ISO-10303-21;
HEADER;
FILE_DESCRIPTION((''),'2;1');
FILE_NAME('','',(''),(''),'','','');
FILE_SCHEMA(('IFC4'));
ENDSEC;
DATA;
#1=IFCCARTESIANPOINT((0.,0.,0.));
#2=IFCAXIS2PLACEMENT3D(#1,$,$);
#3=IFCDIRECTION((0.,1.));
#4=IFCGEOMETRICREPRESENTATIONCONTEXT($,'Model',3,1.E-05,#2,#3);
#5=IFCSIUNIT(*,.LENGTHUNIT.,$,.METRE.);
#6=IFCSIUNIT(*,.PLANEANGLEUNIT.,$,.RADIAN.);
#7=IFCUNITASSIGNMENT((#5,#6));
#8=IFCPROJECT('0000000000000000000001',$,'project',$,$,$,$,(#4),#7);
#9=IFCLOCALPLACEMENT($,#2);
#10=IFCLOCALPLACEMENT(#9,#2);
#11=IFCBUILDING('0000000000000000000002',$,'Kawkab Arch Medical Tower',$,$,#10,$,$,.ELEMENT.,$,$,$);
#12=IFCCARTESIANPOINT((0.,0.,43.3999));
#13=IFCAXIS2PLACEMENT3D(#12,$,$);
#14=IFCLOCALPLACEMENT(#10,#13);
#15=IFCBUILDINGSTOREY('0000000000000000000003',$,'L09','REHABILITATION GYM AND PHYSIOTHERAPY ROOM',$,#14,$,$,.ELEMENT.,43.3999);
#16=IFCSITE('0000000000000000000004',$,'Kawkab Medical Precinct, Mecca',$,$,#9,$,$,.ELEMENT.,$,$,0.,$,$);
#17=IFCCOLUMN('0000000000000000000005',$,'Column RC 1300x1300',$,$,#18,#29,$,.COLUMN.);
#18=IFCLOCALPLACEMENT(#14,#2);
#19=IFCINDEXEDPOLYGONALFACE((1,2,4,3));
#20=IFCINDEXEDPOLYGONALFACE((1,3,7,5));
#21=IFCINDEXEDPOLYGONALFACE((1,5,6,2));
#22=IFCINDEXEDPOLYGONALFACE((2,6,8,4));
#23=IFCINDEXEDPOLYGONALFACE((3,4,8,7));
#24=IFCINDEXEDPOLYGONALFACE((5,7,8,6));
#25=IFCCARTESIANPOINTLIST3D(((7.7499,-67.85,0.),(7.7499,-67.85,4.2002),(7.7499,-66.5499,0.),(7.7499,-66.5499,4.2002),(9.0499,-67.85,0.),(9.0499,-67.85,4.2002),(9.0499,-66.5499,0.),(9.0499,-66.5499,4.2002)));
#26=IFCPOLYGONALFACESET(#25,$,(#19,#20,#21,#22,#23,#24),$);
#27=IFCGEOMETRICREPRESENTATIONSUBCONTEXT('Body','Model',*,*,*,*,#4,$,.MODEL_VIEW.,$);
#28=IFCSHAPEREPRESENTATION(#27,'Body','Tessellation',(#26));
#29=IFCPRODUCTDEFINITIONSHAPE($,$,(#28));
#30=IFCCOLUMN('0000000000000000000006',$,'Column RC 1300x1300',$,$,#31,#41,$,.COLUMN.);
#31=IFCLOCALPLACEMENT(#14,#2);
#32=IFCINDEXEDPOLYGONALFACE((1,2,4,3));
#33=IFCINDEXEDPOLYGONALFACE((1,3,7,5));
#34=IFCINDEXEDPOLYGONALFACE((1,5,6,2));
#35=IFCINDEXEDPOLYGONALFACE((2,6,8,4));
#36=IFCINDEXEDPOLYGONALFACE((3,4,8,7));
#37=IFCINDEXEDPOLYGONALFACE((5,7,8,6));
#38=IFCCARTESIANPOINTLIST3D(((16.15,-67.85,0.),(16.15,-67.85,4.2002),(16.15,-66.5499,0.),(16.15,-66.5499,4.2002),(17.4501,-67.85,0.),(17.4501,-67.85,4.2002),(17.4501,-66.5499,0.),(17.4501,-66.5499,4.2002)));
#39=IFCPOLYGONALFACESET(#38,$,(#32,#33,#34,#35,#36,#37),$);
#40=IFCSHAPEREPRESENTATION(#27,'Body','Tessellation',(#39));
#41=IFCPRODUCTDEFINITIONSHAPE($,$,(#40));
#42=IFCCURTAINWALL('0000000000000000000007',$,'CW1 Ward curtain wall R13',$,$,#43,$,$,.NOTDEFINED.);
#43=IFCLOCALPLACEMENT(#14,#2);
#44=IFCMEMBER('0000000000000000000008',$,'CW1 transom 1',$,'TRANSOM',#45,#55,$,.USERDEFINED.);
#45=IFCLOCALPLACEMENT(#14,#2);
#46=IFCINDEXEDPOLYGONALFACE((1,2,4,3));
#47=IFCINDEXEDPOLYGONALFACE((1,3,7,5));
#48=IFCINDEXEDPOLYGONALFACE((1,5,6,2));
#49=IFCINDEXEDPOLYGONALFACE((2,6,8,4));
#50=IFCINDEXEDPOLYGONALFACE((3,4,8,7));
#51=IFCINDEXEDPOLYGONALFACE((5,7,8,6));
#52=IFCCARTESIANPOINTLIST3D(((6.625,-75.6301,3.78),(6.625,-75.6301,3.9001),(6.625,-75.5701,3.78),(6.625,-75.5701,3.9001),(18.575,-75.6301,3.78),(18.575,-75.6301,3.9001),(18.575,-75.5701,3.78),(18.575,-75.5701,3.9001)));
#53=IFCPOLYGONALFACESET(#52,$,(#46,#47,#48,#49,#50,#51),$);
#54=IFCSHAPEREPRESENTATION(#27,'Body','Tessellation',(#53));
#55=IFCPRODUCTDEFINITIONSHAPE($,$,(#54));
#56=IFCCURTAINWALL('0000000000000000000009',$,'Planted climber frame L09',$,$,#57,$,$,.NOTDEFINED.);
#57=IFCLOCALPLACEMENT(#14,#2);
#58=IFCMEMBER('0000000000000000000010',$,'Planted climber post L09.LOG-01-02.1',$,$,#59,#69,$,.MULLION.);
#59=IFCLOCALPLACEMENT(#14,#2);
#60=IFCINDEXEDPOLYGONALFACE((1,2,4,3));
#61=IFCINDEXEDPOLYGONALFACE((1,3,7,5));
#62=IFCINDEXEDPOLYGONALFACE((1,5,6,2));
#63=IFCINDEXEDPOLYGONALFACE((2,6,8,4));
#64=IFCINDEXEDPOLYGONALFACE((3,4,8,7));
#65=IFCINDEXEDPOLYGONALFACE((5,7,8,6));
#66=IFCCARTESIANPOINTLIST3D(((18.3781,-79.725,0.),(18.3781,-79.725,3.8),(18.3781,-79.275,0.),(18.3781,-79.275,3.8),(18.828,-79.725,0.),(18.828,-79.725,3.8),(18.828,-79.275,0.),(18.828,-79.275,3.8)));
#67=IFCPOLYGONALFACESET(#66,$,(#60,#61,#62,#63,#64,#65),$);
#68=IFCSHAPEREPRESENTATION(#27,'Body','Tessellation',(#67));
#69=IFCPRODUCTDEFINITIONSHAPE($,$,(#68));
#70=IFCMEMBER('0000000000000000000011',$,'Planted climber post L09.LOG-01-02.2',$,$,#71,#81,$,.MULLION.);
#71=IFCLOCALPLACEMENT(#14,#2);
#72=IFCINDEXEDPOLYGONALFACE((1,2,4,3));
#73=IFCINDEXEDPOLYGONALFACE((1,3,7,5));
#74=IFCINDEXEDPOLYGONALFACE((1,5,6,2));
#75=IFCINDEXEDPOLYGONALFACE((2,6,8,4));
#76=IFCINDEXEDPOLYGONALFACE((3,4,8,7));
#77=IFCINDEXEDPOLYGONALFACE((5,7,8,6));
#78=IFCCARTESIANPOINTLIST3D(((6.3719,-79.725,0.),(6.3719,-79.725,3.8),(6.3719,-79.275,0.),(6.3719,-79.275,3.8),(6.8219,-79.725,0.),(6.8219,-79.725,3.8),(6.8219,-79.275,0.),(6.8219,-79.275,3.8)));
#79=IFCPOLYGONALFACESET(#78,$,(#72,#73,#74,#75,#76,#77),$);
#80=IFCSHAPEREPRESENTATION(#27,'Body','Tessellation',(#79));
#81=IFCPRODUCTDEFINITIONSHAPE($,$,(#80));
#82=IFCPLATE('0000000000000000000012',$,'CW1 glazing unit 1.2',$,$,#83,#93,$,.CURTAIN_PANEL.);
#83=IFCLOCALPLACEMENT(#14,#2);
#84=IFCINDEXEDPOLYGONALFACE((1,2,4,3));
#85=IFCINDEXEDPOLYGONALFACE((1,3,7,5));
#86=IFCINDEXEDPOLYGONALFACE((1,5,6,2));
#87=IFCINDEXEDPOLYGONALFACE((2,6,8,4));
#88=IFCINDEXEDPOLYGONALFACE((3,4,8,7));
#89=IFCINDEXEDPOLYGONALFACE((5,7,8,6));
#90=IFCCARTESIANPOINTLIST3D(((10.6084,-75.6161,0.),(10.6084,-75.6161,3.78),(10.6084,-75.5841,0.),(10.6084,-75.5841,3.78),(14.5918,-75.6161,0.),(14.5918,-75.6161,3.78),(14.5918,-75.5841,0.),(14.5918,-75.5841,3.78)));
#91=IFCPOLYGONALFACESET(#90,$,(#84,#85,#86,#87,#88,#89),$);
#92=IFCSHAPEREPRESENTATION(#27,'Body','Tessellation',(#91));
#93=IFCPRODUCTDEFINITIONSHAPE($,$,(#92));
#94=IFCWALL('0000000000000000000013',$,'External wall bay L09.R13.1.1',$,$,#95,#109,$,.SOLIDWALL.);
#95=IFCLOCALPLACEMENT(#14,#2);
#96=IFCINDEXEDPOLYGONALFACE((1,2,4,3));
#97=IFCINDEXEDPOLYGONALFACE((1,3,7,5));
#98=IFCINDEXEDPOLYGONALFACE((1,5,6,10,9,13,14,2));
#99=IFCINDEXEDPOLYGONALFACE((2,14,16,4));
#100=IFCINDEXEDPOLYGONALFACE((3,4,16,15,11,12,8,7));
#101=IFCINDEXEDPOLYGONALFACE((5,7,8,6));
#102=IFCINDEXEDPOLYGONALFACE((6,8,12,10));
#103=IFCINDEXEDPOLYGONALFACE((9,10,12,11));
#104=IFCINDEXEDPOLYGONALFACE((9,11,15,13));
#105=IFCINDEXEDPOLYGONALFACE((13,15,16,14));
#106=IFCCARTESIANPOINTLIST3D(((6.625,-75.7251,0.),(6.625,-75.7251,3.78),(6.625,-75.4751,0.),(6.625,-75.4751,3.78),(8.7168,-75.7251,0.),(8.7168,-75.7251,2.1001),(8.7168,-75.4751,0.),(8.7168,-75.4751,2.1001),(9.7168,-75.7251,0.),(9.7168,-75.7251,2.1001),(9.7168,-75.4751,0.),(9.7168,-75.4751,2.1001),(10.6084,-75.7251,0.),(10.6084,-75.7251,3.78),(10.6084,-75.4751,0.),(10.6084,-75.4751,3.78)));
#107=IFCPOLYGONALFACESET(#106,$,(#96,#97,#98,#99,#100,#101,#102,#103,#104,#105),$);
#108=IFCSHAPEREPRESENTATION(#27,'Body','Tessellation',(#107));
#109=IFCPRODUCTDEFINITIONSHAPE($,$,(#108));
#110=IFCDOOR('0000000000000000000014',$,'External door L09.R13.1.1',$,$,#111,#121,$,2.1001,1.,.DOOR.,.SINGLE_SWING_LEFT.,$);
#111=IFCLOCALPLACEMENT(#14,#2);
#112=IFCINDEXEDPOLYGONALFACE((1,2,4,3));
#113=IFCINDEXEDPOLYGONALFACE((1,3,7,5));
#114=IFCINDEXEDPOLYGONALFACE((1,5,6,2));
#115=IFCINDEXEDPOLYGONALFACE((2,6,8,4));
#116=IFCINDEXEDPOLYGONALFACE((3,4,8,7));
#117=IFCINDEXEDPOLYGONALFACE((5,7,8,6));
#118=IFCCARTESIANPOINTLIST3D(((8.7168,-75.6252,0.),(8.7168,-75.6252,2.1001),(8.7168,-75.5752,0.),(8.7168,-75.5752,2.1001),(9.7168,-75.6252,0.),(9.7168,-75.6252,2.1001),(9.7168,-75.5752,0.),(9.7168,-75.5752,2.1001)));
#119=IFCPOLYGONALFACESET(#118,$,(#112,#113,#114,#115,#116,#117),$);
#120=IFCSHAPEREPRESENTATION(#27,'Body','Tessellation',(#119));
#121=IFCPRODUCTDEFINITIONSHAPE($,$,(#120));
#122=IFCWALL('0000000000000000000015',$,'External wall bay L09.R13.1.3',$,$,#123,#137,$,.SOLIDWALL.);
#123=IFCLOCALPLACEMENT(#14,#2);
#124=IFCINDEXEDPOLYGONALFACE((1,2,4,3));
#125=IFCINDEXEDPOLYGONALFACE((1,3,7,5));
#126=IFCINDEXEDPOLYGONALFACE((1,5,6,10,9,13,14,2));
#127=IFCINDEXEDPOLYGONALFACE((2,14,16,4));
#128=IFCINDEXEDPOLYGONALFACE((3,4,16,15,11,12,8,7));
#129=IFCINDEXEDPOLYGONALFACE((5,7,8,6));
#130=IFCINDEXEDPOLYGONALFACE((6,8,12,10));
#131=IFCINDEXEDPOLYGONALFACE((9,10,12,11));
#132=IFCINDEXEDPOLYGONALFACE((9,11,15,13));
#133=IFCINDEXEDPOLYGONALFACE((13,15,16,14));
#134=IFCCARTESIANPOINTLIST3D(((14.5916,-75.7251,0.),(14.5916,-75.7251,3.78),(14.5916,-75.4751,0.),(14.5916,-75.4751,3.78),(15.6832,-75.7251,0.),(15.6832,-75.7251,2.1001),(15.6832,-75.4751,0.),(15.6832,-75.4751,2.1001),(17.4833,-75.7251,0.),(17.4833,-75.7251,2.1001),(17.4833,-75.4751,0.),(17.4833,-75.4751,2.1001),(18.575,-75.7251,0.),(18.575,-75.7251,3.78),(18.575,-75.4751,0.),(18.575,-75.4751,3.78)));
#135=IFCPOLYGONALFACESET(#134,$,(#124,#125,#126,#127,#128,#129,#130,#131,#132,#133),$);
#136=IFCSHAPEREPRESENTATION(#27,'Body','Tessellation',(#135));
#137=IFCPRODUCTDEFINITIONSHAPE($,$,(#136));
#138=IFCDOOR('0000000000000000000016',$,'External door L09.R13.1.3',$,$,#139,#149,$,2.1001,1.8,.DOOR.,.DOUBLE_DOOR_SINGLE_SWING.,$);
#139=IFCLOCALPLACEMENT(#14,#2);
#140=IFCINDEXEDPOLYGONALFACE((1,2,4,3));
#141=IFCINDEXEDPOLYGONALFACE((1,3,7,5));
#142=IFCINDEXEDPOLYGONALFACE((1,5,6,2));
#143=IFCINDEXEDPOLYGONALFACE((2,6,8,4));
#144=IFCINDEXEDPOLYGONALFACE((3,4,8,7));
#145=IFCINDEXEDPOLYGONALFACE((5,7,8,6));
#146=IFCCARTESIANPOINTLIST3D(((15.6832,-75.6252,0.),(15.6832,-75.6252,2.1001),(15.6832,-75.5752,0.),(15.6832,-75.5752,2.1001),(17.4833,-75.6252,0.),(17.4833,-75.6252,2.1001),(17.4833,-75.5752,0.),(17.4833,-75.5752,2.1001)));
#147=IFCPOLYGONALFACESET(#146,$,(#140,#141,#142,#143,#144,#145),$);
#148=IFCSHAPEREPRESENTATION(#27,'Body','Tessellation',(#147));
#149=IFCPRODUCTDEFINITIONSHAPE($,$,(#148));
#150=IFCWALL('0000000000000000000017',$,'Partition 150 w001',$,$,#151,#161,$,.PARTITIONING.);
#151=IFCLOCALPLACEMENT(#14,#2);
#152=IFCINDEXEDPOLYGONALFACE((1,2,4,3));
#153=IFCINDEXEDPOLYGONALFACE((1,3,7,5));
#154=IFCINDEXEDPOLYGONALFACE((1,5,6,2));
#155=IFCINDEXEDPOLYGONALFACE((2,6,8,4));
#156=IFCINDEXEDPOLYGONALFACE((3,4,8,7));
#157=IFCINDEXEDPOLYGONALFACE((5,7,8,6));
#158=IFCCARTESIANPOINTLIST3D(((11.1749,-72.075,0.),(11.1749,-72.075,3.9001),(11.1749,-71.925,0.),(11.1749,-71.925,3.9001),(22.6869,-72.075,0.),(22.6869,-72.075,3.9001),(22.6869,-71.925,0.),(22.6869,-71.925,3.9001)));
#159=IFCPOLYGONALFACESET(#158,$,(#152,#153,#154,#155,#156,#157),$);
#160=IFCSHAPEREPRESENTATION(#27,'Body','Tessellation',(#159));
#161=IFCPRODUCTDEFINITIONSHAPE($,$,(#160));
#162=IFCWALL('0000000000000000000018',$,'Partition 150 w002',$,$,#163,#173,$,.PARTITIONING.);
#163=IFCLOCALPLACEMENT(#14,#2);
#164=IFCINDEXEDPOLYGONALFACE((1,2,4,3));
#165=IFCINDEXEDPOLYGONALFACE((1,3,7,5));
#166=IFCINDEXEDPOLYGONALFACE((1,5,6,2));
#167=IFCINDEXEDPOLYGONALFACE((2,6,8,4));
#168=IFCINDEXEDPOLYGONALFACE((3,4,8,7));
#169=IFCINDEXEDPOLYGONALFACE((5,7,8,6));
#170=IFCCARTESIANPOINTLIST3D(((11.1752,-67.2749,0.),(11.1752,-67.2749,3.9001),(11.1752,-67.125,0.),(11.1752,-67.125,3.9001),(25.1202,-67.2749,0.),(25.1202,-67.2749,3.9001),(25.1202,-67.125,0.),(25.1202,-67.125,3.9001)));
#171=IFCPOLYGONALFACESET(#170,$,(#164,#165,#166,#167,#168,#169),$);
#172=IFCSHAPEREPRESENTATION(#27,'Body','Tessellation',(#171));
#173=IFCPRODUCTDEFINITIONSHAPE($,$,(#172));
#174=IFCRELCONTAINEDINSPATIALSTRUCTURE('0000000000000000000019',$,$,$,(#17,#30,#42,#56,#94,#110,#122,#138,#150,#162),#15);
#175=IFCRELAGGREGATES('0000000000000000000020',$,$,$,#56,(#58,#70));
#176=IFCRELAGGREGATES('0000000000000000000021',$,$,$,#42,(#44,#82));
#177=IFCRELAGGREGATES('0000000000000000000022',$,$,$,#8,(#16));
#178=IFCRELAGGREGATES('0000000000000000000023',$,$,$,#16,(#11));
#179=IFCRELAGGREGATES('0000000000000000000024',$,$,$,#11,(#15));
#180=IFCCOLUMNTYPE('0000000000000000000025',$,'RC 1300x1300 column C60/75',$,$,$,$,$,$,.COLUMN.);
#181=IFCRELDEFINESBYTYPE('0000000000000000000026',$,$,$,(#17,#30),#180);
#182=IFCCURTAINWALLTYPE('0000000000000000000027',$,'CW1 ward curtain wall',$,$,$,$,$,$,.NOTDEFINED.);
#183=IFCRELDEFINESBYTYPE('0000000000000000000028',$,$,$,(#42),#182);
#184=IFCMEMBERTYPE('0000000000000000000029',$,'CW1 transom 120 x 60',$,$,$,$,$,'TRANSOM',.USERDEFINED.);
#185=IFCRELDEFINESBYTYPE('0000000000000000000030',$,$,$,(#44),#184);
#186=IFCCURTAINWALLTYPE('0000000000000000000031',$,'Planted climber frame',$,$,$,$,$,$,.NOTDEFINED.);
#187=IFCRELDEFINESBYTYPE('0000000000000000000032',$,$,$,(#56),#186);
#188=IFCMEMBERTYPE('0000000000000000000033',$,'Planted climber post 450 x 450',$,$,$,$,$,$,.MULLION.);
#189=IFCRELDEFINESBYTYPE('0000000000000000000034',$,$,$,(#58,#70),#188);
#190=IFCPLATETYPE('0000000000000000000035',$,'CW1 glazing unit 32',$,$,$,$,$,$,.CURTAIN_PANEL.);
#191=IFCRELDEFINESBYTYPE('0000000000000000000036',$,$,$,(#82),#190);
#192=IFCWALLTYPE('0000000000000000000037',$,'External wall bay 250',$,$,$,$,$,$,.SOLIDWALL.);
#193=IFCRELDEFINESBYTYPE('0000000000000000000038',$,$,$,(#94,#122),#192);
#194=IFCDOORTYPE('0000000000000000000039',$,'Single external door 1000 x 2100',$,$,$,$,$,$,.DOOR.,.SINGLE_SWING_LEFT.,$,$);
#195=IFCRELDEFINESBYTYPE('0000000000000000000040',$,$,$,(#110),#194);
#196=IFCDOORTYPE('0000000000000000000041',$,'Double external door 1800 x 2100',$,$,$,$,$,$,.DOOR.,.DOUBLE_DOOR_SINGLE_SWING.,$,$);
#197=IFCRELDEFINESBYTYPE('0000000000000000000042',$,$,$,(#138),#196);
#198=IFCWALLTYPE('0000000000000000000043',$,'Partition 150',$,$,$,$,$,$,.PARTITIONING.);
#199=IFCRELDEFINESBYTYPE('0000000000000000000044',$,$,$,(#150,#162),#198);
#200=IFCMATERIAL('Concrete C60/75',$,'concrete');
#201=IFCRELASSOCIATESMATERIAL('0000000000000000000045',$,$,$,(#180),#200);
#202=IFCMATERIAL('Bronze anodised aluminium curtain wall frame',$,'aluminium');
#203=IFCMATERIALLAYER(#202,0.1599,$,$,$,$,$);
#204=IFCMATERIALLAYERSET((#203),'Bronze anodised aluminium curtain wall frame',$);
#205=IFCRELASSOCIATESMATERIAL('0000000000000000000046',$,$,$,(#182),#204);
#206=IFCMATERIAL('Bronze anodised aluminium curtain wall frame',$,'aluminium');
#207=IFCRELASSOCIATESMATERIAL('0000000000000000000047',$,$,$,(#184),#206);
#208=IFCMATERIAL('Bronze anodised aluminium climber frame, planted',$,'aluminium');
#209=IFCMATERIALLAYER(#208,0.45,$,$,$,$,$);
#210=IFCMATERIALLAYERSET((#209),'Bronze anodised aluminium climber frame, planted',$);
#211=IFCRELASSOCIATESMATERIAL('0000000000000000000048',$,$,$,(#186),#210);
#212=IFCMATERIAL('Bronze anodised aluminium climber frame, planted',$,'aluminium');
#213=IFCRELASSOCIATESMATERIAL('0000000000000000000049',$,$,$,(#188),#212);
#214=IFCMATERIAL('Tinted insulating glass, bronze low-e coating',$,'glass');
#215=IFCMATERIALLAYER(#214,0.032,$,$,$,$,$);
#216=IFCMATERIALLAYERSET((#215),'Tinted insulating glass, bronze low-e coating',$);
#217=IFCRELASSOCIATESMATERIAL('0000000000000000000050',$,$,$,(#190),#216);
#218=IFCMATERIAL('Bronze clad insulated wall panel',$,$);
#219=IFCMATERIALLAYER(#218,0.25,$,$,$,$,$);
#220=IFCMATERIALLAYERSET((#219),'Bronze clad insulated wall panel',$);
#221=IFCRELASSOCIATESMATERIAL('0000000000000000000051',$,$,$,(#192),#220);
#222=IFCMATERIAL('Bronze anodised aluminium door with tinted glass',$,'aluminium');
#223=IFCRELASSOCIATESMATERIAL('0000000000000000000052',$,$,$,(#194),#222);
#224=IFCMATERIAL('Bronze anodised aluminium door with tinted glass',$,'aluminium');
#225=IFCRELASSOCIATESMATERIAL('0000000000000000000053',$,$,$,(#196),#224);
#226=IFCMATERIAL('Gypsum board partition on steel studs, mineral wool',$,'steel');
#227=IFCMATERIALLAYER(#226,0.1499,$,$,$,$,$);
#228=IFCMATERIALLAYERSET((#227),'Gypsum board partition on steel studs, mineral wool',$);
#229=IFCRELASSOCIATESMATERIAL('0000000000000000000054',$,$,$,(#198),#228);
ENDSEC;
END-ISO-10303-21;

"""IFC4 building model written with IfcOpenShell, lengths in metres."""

from ifc_helpers import new_model, si_unit, direction, frame, frame_2d, origin, origin_2d, place, context, subcontext, project, spatial, rectangle, extrude, material, layer, layer_set, material_profile, profile_set, type_object, element, fill, aggregate, save


model = new_model("IFC4")

# Units and contexts
model_context = context("Model", 3, precision=1e-05, world=origin(), true_north=direction((0.0, 1.0)))
body_context = subcontext(model_context, "Body", "Model", "MODEL_VIEW")
ifc_project = project(units=[si_unit("LENGTHUNIT", "METRE"), si_unit("PLANEANGLEUNIT", "RADIAN")], contexts=[model_context])

# Site, building, storey
site_placement = place(None, origin())
site = spatial("IfcSite", under=ifc_project, at=site_placement, Name="Kawkab Medical Precinct, Mecca", CompositionType="ELEMENT", RefElevation=0.0)
building_placement = place(site_placement, origin())
building = spatial("IfcBuilding", under=site, at=building_placement, Name="Kawkab Arch Medical Tower", CompositionType="ELEMENT")
storey_placement = place(building_placement, frame((0.0, 0.0, 43.3999)))
storey = spatial("IfcBuildingStorey", under=building, at=storey_placement, Name="L09", Description="REHABILITATION GYM AND PHYSIOTHERAPY ROOM", CompositionType="ELEMENT", Elevation=43.3999)

# Columns
ifc_material_1 = material(Name="Concrete C60/75", Category="concrete")
ifc_material_profile_1 = material_profile(ifc_material_1, rectangle(XDim=1.3, YDim=1.3, at=origin_2d()), Name="RC 1300x1300")
ifc_profile_set_1 = profile_set([ifc_material_profile_1], Name="Concrete C60/75")
column_type = type_object("IfcColumnType", Name="RC 1300x1300 column C60/75", PredefinedType="COLUMN", material=ifc_profile_set_1)
for number, where, z_axis, x_axis, name in (
    (1, (8.3999, -67.2, 0.0), (0.0, 0.0, 1.0), (1.0, 0.0, 0.0), "Column RC 1300x1300"),
    (2, (16.8, -67.2, 0.0), (0.0, 0.0, 1.0), (1.0, 0.0, 0.0), "Column RC 1300x1300"),
):
    element("IfcColumn", number, at=place(storey_placement, frame(where, z_axis=z_axis, x_axis=x_axis)), inside=storey, type_object=column_type, Name=name, PredefinedType="COLUMN", context=body_context, shape_type="SweptSolid", body=[
        extrude(rectangle(XDim=1.3, YDim=1.3, at=origin_2d()), origin(), (0.0, 0.0, 1.0), 4.2002),
    ])

# Curtain wall, member
ifc_material_2 = material(Name="Bronze anodised aluminium curtain wall frame", Category="aluminium")
ifc_layer_1 = layer(ifc_material_2, 0.1599)
ifc_layer_set_1 = layer_set([ifc_layer_1], Name="Bronze anodised aluminium curtain wall frame")
curtain_wall_type_1 = type_object("IfcCurtainWallType", Name="CW1 ward curtain wall", PredefinedType="NOTDEFINED", material=ifc_layer_set_1)
placement = place(storey_placement, origin())
curtain_wall_1 = element("IfcCurtainWall", 3, at=placement, inside=storey, type_object=curtain_wall_type_1, Name="CW1 Ward curtain wall R13", PredefinedType="NOTDEFINED")
ifc_material_3 = material(Name="Bronze anodised aluminium curtain wall frame", Category="aluminium")
ifc_material_profile_2 = material_profile(ifc_material_3, rectangle(XDim=0.0601, YDim=0.1201, at=origin_2d()), Name="AL 60x120")
ifc_profile_set_2 = profile_set([ifc_material_profile_2], Name="Bronze anodised aluminium curtain wall frame")
member_type_1 = type_object("IfcMemberType", Name="CW1 transom 120 x 60", ElementType="TRANSOM", PredefinedType="USERDEFINED", material=ifc_profile_set_2)
member_1_placement = place(storey_placement, frame((6.625, -75.6001, 3.8401), z_axis=(1.0, 0.0, 0.0), x_axis=(0.0, 1.0, 0.0)))
member_1 = element("IfcMember", 4, at=member_1_placement, type_object=member_type_1, Name="CW1 transom 1", ObjectType="TRANSOM", PredefinedType="USERDEFINED", context=body_context, shape_type="SweptSolid", body=[
    extrude(rectangle(XDim=0.0601, YDim=0.1201, at=origin_2d()), origin(), (0.0, 0.0, 1.0), 11.95),
])

# Curtain wall, members
ifc_material_4 = material(Name="Bronze anodised aluminium climber frame, planted", Category="aluminium")
ifc_layer_2 = layer(ifc_material_4, 0.45)
ifc_layer_set_2 = layer_set([ifc_layer_2], Name="Bronze anodised aluminium climber frame, planted")
curtain_wall_type_2 = type_object("IfcCurtainWallType", Name="Planted climber frame", PredefinedType="NOTDEFINED", material=ifc_layer_set_2)
curtain_wall_2 = element("IfcCurtainWall", 5, at=placement, inside=storey, type_object=curtain_wall_type_2, Name="Planted climber frame L09", PredefinedType="NOTDEFINED")
ifc_material_5 = material(Name="Bronze anodised aluminium climber frame, planted", Category="aluminium")
ifc_material_profile_3 = material_profile(ifc_material_5, rectangle(XDim=0.45, YDim=0.45, at=origin_2d()), Name="Post 450x450")
ifc_profile_set_3 = profile_set([ifc_material_profile_3], Name="Bronze anodised aluminium climber frame, planted")
member_type_2 = type_object("IfcMemberType", Name="Planted climber post 450 x 450", PredefinedType="MULLION", material=ifc_profile_set_3)
member_2_placement = place(storey_placement, frame((18.603, -79.5, 0.0), z_axis=(0.0, 0.0, 1.0), x_axis=(1.0, 0.0, 0.0)))
member_2 = element("IfcMember", 6, at=member_2_placement, type_object=member_type_2, Name="Planted climber post L09.LOG-01-02.1", PredefinedType="MULLION", context=body_context, shape_type="SweptSolid", body=[
    extrude(rectangle(XDim=0.45, YDim=0.45, at=origin_2d()), origin(), (0.0, 0.0, 1.0), 3.8),
])
member_3_placement = place(storey_placement, frame((6.5969, -79.5, 0.0), z_axis=(0.0, 0.0, 1.0), x_axis=(1.0, 0.0, 0.0)))
member_3 = element("IfcMember", 7, at=member_3_placement, type_object=member_type_2, Name="Planted climber post L09.LOG-01-02.2", PredefinedType="MULLION", context=body_context, shape_type="SweptSolid", body=[
    extrude(rectangle(XDim=0.45, YDim=0.45, at=origin_2d()), origin(), (0.0, 0.0, 1.0), 3.8),
])
aggregate(curtain_wall_2, [member_2, member_3])

# Plate
ifc_material_6 = material(Name="Tinted insulating glass, bronze low-e coating", Category="glass")
ifc_layer_3 = layer(ifc_material_6, 0.032)
ifc_layer_set_3 = layer_set([ifc_layer_3], Name="Tinted insulating glass, bronze low-e coating")
plate_type = type_object("IfcPlateType", Name="CW1 glazing unit 32", PredefinedType="CURTAIN_PANEL", material=ifc_layer_set_3)
plate_placement = place(storey_placement, frame((12.6001, -75.6001, 0.0), z_axis=(0.0, 0.0, 1.0), x_axis=(1.0, 0.0, 0.0)))
plate = element("IfcPlate", 8, at=plate_placement, type_object=plate_type, Name="CW1 glazing unit 1.2", PredefinedType="CURTAIN_PANEL", context=body_context, shape_type="SweptSolid", body=[
    extrude(rectangle(XDim=3.9834, YDim=0.032, at=origin_2d()), origin(), (0.0, 0.0, 1.0), 3.78),
])
aggregate(curtain_wall_1, [member_1, plate])

# Walls, openings, doors
ifc_material_7 = material(Name="Bronze clad insulated wall panel")
ifc_layer_4 = layer(ifc_material_7, 0.25)
ifc_layer_set_4 = layer_set([ifc_layer_4], Name="Bronze clad insulated wall panel")
wall_type_1 = type_object("IfcWallType", Name="External wall bay 250", PredefinedType="SOLIDWALL", material=ifc_layer_set_4)
wall_1_placement = place(storey_placement, frame((6.625, -75.6001, 0.0), z_axis=(0.0, 0.0, 1.0), x_axis=(1.0, 0.0, 0.0)))
wall_1 = element("IfcWall", 9, at=wall_1_placement, inside=storey, type_object=wall_type_1, Name="External wall bay L09.R13.1.1", PredefinedType="SOLIDWALL", context=body_context, shape_type="SweptSolid", body=[
    extrude(rectangle(XDim=3.9834, YDim=0.25, at=frame_2d((1.9917, 0.0))), origin(), (0.0, 0.0, 1.0), 3.78),
])
opening_1_placement = place(wall_1_placement, frame((2.0918, 0.0, 0.0)))
opening_1 = element("IfcOpeningElement", 10, at=opening_1_placement, cuts=wall_1, PredefinedType="OPENING", context=body_context, shape_type="SweptSolid", body=[
    extrude(rectangle(XDim=1.0, YDim=2.1001, at=frame_2d((0.5, 1.05))), frame((0.0, 0.135, 0.0), z_axis=(0.0, -1.0, 0.0), x_axis=(1.0, 0.0, 0.0)), (0.0, 0.0, 1.0), 0.27),
])
ifc_material_8 = material(Name="Bronze anodised aluminium door with tinted glass", Category="aluminium")
door_type_1 = type_object("IfcDoorType", Name="Single external door 1000 x 2100", OperationType="SINGLE_SWING_LEFT", PredefinedType="DOOR", material=ifc_material_8)
door_1_placement = place(opening_1_placement, origin())
door_1 = element("IfcDoor", 11, at=door_1_placement, inside=storey, type_object=door_type_1, Name="External door L09.R13.1.1", OperationType="SINGLE_SWING_LEFT", OverallHeight=2.1001, OverallWidth=1.0, PredefinedType="DOOR", context=body_context, shape_type="SweptSolid", body=[
    extrude(rectangle(XDim=1.0, YDim=2.1001, at=frame_2d((0.5, 1.05))), frame((0.0, 0.0249, 0.0), z_axis=(0.0, -1.0, 0.0), x_axis=(1.0, 0.0, 0.0)), (0.0, 0.0, 1.0), 0.05),
])
fill(opening_1, door_1)
wall_2_placement = place(storey_placement, frame((14.5916, -75.6001, 0.0), z_axis=(0.0, 0.0, 1.0), x_axis=(1.0, 0.0, 0.0)))
wall_2 = element("IfcWall", 12, at=wall_2_placement, inside=storey, type_object=wall_type_1, Name="External wall bay L09.R13.1.3", PredefinedType="SOLIDWALL", context=body_context, shape_type="SweptSolid", body=[
    extrude(rectangle(XDim=3.9834, YDim=0.25, at=frame_2d((1.9917, 0.0))), origin(), (0.0, 0.0, 1.0), 3.78),
])
opening_2_placement = place(wall_2_placement, frame((1.0918, 0.0, 0.0)))
opening_2 = element("IfcOpeningElement", 13, at=opening_2_placement, cuts=wall_2, PredefinedType="OPENING", context=body_context, shape_type="SweptSolid", body=[
    extrude(rectangle(XDim=1.8, YDim=2.1001, at=frame_2d((0.8999, 1.05))), frame((0.0, 0.135, 0.0), z_axis=(0.0, -1.0, 0.0), x_axis=(1.0, 0.0, 0.0)), (0.0, 0.0, 1.0), 0.27),
])
ifc_material_9 = material(Name="Bronze anodised aluminium door with tinted glass", Category="aluminium")
door_type_2 = type_object("IfcDoorType", Name="Double external door 1800 x 2100", OperationType="DOUBLE_DOOR_SINGLE_SWING", PredefinedType="DOOR", material=ifc_material_9)
door_2_placement = place(opening_2_placement, origin())
door_2 = element("IfcDoor", 14, at=door_2_placement, inside=storey, type_object=door_type_2, Name="External door L09.R13.1.3", OperationType="DOUBLE_DOOR_SINGLE_SWING", OverallHeight=2.1001, OverallWidth=1.8, PredefinedType="DOOR", context=body_context, shape_type="SweptSolid", body=[
    extrude(rectangle(XDim=1.8, YDim=2.1001, at=frame_2d((0.8999, 1.05))), frame((0.0, 0.0249, 0.0), z_axis=(0.0, -1.0, 0.0), x_axis=(1.0, 0.0, 0.0)), (0.0, 0.0, 1.0), 0.05),
])
fill(opening_2, door_2)

# Walls
ifc_material_10 = material(Name="Gypsum board partition on steel studs, mineral wool", Category="steel")
ifc_layer_5 = layer(ifc_material_10, 0.1499)
ifc_layer_set_5 = layer_set([ifc_layer_5], Name="Gypsum board partition on steel studs, mineral wool")
wall_type_2 = type_object("IfcWallType", Name="Partition 150", PredefinedType="PARTITIONING", material=ifc_layer_set_5)
wall_3_placement = place(storey_placement, frame((11.175, -72.0, 0.0), z_axis=(0.0, 0.0, 1.0), x_axis=(1.0, 0.0, 0.0)))
element("IfcWall", 15, at=wall_3_placement, inside=storey, type_object=wall_type_2, Name="Partition 150 w001", PredefinedType="PARTITIONING", context=body_context, shape_type="SweptSolid", body=[
    extrude(rectangle(XDim=11.512, YDim=0.1499, at=frame_2d((5.7559, 0.0))), origin(), (0.0, 0.0, 1.0), 3.9001),
])
wall_4_placement = place(storey_placement, frame((11.175, -67.2, 0.0), z_axis=(0.0, 0.0, 1.0), x_axis=(1.0, 0.0, 0.0)))
element("IfcWall", 16, at=wall_4_placement, inside=storey, type_object=wall_type_2, Name="Partition 150 w002", PredefinedType="PARTITIONING", context=body_context, shape_type="SweptSolid", body=[
    extrude(rectangle(XDim=13.9451, YDim=0.1499, at=frame_2d((6.9727, 0.0))), origin(), (0.0, 0.0, 1.0), 3.9001),
])

save(model, "model.ifc")
